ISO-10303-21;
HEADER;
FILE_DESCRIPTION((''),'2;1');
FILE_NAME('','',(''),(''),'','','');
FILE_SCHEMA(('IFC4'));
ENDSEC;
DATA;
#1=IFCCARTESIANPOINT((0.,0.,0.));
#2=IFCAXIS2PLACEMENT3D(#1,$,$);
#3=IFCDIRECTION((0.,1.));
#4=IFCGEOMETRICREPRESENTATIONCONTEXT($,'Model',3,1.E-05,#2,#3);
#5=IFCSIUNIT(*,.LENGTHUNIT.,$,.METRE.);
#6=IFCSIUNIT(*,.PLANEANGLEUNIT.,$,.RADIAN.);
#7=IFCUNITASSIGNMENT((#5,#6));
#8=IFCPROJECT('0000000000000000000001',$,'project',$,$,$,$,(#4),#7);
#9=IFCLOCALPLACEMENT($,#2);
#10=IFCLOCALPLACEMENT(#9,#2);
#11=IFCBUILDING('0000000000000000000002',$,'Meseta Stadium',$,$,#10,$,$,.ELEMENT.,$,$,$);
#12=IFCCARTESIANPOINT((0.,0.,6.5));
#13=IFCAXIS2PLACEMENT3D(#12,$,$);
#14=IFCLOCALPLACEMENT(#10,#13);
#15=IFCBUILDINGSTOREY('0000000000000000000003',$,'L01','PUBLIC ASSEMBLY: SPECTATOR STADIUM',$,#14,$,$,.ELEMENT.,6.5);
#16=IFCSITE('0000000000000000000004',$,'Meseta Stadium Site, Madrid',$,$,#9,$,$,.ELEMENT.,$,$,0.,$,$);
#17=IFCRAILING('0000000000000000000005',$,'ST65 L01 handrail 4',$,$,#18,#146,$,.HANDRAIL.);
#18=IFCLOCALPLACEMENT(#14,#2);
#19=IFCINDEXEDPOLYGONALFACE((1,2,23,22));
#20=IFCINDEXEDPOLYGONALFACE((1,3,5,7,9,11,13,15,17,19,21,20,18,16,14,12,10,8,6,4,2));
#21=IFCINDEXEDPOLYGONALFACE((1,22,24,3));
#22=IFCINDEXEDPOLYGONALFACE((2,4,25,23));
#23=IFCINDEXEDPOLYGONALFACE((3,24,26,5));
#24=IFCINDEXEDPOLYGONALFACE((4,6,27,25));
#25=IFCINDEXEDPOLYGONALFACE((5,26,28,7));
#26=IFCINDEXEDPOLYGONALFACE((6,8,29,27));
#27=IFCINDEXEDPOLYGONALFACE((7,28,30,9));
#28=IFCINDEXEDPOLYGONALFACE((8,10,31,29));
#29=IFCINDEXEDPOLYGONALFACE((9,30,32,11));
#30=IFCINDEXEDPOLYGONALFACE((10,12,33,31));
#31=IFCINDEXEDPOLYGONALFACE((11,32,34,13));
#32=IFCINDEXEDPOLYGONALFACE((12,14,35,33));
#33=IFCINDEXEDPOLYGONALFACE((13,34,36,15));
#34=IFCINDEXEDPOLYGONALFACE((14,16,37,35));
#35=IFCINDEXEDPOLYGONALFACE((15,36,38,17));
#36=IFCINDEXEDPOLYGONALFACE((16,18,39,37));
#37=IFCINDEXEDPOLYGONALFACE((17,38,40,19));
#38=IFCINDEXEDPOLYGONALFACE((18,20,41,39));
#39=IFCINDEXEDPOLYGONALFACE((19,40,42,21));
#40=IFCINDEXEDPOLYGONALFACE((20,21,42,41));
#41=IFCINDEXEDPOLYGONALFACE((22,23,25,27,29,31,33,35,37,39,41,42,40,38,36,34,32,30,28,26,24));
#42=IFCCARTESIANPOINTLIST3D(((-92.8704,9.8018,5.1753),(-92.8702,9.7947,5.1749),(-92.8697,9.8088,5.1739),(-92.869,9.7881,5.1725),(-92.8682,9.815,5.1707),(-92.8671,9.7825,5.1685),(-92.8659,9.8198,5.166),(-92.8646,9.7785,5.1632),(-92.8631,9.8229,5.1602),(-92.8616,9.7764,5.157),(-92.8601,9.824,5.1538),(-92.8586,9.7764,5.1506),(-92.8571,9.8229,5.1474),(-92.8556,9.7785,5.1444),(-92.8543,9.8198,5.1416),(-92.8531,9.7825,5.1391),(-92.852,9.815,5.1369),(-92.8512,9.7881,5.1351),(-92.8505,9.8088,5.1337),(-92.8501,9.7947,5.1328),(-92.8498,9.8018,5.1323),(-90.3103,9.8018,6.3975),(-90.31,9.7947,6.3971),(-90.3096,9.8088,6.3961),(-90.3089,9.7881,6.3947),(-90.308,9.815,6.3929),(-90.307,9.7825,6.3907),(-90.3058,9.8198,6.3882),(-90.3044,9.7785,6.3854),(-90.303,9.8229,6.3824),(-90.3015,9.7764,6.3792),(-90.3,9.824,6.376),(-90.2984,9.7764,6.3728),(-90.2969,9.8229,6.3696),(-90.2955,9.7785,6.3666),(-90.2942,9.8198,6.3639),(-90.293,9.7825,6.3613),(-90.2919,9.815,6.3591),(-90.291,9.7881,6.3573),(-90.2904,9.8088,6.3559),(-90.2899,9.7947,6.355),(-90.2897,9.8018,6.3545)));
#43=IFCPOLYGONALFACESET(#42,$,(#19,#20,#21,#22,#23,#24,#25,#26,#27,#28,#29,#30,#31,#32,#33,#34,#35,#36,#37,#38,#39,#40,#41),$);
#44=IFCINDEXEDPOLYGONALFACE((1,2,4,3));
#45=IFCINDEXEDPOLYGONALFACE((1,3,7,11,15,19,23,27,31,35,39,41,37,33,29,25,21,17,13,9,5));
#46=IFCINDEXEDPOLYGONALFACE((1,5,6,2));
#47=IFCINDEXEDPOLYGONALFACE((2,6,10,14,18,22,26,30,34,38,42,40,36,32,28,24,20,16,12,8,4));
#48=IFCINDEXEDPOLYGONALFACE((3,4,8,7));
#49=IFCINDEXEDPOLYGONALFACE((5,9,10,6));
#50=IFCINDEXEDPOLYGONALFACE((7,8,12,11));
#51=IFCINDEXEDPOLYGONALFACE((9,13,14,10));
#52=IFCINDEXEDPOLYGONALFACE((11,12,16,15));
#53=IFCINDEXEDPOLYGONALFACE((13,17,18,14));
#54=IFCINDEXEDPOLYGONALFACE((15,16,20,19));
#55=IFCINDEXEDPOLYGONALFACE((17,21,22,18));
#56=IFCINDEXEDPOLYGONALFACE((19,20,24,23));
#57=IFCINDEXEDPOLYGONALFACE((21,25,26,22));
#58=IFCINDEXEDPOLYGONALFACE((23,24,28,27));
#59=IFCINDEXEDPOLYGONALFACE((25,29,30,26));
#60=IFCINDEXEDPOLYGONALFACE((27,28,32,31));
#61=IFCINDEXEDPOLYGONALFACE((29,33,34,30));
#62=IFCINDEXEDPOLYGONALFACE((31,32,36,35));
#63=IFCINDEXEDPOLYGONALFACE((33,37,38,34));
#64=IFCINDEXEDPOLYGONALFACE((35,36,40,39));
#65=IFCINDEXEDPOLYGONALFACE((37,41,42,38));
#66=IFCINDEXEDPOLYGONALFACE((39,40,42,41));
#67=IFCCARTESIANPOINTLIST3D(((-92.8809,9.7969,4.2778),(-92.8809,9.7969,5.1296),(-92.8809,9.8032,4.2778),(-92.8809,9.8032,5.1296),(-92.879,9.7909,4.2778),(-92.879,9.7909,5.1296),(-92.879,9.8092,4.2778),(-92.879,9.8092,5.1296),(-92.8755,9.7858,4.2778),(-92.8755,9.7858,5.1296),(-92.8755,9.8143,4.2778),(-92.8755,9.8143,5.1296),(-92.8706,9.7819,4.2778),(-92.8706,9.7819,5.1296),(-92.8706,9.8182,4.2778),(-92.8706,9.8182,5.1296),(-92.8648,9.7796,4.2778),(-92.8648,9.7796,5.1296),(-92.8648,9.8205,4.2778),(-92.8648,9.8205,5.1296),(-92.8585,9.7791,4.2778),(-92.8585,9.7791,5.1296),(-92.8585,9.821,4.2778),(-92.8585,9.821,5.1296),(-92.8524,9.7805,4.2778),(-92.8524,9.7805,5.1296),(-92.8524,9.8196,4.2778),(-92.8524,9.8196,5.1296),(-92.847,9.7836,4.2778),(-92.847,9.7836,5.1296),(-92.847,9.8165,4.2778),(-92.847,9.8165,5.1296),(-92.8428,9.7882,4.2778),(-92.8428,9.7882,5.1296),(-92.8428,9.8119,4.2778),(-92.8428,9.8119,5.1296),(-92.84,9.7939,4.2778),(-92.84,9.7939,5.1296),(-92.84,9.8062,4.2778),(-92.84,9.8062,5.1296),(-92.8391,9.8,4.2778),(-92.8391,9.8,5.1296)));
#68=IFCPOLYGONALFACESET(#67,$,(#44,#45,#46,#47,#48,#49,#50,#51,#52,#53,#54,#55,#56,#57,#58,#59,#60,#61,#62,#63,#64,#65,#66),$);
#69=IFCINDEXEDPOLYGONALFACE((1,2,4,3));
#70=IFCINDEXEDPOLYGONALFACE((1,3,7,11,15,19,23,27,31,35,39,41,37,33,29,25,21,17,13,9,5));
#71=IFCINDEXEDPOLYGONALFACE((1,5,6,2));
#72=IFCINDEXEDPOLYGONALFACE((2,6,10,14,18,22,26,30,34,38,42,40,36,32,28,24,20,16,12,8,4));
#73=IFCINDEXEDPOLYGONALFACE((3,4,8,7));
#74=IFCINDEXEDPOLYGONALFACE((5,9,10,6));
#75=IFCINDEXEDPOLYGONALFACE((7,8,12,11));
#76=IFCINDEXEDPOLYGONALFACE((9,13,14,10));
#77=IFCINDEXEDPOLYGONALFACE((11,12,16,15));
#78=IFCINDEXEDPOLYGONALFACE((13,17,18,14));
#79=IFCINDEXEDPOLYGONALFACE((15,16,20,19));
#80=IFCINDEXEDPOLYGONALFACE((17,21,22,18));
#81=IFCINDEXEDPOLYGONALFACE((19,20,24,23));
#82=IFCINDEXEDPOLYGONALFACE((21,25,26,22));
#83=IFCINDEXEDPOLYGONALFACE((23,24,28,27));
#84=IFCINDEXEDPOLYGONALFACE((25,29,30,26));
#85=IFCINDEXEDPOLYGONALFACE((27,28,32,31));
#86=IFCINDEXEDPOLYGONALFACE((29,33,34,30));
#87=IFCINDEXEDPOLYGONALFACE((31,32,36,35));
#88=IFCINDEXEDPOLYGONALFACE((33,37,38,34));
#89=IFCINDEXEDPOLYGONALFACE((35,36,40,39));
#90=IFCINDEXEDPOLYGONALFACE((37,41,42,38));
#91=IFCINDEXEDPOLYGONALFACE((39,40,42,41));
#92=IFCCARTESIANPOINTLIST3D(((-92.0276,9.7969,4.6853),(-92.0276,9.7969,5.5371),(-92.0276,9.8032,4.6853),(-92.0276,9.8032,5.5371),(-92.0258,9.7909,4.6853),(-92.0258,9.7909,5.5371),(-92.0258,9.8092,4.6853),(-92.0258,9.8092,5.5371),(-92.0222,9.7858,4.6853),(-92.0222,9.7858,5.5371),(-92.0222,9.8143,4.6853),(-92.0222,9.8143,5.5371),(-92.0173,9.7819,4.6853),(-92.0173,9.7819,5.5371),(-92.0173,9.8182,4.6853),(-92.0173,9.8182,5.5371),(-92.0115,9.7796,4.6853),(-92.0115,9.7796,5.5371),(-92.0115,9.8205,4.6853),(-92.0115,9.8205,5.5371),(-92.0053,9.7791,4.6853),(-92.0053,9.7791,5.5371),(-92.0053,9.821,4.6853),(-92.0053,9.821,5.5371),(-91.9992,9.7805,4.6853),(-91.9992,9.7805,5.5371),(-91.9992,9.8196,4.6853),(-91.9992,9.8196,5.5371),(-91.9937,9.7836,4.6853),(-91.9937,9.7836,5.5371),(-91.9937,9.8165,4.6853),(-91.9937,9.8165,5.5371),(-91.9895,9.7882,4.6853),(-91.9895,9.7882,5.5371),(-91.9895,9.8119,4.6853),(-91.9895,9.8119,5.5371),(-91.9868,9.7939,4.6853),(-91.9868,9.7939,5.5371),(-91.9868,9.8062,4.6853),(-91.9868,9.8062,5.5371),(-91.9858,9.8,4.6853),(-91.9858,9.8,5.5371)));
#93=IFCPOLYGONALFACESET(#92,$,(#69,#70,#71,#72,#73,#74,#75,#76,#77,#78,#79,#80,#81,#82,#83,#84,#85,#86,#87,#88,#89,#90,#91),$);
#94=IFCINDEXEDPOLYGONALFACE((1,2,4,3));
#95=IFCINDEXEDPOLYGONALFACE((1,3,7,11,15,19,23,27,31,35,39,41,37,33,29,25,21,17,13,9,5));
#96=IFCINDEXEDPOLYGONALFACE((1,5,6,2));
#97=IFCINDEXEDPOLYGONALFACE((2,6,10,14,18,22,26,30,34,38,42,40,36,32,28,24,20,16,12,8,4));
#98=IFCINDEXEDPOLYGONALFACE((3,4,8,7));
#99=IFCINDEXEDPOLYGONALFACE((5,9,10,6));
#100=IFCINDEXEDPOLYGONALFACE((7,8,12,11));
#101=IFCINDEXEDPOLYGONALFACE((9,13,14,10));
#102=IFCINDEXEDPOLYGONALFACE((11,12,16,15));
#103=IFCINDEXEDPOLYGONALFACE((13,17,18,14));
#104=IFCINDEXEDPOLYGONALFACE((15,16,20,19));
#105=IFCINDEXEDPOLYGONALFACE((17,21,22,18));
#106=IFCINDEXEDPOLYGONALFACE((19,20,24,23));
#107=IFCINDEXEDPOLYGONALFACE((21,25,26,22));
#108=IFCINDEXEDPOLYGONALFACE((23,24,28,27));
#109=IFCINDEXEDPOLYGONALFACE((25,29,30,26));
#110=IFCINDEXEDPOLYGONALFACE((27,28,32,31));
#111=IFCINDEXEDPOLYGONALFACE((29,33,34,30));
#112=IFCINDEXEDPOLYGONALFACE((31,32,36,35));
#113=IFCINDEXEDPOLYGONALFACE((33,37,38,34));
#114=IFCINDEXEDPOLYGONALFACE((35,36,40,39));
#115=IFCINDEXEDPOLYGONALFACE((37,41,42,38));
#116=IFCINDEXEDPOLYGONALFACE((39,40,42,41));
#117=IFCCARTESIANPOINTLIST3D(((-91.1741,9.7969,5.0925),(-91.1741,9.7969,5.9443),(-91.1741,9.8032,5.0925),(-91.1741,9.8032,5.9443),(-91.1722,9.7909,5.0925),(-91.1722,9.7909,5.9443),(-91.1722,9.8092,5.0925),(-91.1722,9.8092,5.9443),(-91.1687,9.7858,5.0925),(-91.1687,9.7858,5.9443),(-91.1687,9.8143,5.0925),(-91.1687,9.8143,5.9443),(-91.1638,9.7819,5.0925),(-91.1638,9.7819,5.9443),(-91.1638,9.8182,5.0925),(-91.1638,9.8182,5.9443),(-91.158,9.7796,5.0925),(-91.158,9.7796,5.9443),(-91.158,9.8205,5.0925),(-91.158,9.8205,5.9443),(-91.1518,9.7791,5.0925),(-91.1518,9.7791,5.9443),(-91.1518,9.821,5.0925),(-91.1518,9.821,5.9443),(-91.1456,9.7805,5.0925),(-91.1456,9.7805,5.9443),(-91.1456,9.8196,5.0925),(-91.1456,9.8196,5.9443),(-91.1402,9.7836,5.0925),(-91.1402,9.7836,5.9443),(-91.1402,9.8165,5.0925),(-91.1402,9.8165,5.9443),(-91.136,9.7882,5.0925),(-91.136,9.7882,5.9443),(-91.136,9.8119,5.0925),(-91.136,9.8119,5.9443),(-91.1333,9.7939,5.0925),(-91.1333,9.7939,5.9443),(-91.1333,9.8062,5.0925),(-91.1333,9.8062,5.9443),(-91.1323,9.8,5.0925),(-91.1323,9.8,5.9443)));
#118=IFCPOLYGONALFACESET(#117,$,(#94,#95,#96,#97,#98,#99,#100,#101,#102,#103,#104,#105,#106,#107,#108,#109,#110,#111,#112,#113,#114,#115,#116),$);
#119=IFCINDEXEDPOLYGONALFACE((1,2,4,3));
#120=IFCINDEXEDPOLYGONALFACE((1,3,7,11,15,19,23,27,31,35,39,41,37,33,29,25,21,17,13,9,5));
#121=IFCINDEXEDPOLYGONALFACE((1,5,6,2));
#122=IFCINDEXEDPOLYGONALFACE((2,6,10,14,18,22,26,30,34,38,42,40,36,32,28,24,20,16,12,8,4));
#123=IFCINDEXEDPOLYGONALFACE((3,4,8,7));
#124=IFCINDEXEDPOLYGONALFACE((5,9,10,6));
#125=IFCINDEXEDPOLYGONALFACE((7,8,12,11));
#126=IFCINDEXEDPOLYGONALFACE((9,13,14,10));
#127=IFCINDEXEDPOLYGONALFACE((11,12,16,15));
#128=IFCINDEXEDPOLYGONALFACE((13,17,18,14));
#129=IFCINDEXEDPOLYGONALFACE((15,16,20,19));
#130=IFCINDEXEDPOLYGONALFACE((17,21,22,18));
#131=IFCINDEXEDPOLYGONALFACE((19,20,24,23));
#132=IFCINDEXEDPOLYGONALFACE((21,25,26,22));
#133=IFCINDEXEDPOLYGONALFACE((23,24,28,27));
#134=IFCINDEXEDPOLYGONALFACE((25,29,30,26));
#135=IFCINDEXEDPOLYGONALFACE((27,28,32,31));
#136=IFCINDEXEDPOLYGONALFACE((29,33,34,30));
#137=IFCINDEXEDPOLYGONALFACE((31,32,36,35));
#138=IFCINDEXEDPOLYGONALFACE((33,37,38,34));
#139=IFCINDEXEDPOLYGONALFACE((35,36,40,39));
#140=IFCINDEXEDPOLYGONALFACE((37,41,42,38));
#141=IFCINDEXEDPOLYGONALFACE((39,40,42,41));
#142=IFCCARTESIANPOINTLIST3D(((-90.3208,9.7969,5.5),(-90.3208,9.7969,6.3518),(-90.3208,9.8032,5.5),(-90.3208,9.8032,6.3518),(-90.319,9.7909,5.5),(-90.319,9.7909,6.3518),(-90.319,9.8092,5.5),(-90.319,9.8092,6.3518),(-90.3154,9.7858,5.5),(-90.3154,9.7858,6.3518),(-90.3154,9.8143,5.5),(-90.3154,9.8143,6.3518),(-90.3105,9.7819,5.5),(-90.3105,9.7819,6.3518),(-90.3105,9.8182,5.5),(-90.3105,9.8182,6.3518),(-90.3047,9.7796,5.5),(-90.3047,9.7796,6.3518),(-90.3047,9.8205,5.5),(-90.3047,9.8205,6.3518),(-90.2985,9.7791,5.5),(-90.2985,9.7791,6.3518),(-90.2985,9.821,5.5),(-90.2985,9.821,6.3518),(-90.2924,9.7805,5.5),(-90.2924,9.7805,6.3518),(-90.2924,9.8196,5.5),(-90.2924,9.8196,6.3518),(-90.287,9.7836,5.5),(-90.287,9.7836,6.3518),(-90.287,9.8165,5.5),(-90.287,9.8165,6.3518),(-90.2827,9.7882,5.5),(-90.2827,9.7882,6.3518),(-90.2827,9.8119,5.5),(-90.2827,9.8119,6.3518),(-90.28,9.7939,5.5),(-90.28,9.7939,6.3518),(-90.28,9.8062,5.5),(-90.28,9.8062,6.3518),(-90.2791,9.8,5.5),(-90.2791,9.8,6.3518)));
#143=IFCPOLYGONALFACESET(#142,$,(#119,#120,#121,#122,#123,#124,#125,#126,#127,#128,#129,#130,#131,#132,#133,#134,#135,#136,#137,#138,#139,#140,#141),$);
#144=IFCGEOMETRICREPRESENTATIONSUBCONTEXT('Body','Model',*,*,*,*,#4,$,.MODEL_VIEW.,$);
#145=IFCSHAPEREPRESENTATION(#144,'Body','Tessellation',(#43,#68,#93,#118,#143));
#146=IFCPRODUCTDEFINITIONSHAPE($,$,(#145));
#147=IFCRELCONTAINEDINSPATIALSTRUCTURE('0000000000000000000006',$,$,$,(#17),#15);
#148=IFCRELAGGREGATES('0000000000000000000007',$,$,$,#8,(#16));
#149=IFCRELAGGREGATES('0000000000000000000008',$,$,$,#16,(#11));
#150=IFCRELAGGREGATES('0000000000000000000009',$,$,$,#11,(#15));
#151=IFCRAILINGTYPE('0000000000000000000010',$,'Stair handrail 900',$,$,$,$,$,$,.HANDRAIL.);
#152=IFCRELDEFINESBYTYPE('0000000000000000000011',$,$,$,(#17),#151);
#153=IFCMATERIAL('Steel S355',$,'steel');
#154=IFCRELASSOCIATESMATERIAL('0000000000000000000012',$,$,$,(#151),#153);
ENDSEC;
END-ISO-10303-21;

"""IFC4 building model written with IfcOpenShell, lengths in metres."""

from ifc_helpers import new_model, si_unit, direction, frame, origin, origin_2d, place, context, subcontext, project, spatial, circle, extrude, material, type_object, element, save


model = new_model("IFC4")

# Units and contexts
model_context = context("Model", 3, precision=1e-05, world=origin(), true_north=direction((0.0, 1.0)))
body_context = subcontext(model_context, "Body", "Model", "MODEL_VIEW")
ifc_project = project(units=[si_unit("LENGTHUNIT", "METRE"), si_unit("PLANEANGLEUNIT", "RADIAN")], contexts=[model_context])

# Site, building, storey
site_placement = place(None, origin())
site = spatial("IfcSite", under=ifc_project, at=site_placement, Name="Meseta Stadium Site, Madrid", CompositionType="ELEMENT", RefElevation=0.0)
building_placement = place(site_placement, origin())
building = spatial("IfcBuilding", under=site, at=building_placement, Name="Meseta Stadium", CompositionType="ELEMENT")
storey_placement = place(building_placement, frame((0.0, 0.0, 6.5)))
storey = spatial("IfcBuildingStorey", under=building, at=storey_placement, Name="L01", Description="PUBLIC ASSEMBLY: SPECTATOR STADIUM", CompositionType="ELEMENT", Elevation=6.5)

# Railing
ifc_material_1 = material(Name="Steel S355", Category="steel")
railing_type_1 = type_object("IfcRailingType", Name="Stair handrail 900", PredefinedType="HANDRAIL", material=ifc_material_1)
for number, where, name in (
    (1, (-92.8601, 9.8, 4.2778), "ST65 L01 handrail 4"),
):
    element("IfcRailing", number, at=place(storey_placement, frame(where)), inside=storey, type_object=railing_type_1, Name=name, PredefinedType="HANDRAIL", context=body_context, shape_type="SweptSolid", body=[
        extrude(circle(Radius=0.0239, at=origin_2d()), frame((0.0, 0.0, 0.876), z_axis=(0.902437, 0.0, 0.430822), x_axis=(0.0, 1.0, 0.0)), (0.0, 0.0, 1.0), 2.8369),
        extrude(circle(Radius=0.021, at=origin_2d()), origin(), (0.0, 0.0, 1.0), 0.8518),
        extrude(circle(Radius=0.021, at=origin_2d()), frame((0.8533, 0.0, 0.4075)), (0.0, 0.0, 1.0), 0.8518),
        extrude(circle(Radius=0.021, at=origin_2d()), frame((1.7068, 0.0, 0.8147)), (0.0, 0.0, 1.0), 0.8518),
        extrude(circle(Radius=0.021, at=origin_2d()), frame((2.5601, 0.0, 1.2222)), (0.0, 0.0, 1.0), 0.8518),
    ])

save(model, "model.ifc")
